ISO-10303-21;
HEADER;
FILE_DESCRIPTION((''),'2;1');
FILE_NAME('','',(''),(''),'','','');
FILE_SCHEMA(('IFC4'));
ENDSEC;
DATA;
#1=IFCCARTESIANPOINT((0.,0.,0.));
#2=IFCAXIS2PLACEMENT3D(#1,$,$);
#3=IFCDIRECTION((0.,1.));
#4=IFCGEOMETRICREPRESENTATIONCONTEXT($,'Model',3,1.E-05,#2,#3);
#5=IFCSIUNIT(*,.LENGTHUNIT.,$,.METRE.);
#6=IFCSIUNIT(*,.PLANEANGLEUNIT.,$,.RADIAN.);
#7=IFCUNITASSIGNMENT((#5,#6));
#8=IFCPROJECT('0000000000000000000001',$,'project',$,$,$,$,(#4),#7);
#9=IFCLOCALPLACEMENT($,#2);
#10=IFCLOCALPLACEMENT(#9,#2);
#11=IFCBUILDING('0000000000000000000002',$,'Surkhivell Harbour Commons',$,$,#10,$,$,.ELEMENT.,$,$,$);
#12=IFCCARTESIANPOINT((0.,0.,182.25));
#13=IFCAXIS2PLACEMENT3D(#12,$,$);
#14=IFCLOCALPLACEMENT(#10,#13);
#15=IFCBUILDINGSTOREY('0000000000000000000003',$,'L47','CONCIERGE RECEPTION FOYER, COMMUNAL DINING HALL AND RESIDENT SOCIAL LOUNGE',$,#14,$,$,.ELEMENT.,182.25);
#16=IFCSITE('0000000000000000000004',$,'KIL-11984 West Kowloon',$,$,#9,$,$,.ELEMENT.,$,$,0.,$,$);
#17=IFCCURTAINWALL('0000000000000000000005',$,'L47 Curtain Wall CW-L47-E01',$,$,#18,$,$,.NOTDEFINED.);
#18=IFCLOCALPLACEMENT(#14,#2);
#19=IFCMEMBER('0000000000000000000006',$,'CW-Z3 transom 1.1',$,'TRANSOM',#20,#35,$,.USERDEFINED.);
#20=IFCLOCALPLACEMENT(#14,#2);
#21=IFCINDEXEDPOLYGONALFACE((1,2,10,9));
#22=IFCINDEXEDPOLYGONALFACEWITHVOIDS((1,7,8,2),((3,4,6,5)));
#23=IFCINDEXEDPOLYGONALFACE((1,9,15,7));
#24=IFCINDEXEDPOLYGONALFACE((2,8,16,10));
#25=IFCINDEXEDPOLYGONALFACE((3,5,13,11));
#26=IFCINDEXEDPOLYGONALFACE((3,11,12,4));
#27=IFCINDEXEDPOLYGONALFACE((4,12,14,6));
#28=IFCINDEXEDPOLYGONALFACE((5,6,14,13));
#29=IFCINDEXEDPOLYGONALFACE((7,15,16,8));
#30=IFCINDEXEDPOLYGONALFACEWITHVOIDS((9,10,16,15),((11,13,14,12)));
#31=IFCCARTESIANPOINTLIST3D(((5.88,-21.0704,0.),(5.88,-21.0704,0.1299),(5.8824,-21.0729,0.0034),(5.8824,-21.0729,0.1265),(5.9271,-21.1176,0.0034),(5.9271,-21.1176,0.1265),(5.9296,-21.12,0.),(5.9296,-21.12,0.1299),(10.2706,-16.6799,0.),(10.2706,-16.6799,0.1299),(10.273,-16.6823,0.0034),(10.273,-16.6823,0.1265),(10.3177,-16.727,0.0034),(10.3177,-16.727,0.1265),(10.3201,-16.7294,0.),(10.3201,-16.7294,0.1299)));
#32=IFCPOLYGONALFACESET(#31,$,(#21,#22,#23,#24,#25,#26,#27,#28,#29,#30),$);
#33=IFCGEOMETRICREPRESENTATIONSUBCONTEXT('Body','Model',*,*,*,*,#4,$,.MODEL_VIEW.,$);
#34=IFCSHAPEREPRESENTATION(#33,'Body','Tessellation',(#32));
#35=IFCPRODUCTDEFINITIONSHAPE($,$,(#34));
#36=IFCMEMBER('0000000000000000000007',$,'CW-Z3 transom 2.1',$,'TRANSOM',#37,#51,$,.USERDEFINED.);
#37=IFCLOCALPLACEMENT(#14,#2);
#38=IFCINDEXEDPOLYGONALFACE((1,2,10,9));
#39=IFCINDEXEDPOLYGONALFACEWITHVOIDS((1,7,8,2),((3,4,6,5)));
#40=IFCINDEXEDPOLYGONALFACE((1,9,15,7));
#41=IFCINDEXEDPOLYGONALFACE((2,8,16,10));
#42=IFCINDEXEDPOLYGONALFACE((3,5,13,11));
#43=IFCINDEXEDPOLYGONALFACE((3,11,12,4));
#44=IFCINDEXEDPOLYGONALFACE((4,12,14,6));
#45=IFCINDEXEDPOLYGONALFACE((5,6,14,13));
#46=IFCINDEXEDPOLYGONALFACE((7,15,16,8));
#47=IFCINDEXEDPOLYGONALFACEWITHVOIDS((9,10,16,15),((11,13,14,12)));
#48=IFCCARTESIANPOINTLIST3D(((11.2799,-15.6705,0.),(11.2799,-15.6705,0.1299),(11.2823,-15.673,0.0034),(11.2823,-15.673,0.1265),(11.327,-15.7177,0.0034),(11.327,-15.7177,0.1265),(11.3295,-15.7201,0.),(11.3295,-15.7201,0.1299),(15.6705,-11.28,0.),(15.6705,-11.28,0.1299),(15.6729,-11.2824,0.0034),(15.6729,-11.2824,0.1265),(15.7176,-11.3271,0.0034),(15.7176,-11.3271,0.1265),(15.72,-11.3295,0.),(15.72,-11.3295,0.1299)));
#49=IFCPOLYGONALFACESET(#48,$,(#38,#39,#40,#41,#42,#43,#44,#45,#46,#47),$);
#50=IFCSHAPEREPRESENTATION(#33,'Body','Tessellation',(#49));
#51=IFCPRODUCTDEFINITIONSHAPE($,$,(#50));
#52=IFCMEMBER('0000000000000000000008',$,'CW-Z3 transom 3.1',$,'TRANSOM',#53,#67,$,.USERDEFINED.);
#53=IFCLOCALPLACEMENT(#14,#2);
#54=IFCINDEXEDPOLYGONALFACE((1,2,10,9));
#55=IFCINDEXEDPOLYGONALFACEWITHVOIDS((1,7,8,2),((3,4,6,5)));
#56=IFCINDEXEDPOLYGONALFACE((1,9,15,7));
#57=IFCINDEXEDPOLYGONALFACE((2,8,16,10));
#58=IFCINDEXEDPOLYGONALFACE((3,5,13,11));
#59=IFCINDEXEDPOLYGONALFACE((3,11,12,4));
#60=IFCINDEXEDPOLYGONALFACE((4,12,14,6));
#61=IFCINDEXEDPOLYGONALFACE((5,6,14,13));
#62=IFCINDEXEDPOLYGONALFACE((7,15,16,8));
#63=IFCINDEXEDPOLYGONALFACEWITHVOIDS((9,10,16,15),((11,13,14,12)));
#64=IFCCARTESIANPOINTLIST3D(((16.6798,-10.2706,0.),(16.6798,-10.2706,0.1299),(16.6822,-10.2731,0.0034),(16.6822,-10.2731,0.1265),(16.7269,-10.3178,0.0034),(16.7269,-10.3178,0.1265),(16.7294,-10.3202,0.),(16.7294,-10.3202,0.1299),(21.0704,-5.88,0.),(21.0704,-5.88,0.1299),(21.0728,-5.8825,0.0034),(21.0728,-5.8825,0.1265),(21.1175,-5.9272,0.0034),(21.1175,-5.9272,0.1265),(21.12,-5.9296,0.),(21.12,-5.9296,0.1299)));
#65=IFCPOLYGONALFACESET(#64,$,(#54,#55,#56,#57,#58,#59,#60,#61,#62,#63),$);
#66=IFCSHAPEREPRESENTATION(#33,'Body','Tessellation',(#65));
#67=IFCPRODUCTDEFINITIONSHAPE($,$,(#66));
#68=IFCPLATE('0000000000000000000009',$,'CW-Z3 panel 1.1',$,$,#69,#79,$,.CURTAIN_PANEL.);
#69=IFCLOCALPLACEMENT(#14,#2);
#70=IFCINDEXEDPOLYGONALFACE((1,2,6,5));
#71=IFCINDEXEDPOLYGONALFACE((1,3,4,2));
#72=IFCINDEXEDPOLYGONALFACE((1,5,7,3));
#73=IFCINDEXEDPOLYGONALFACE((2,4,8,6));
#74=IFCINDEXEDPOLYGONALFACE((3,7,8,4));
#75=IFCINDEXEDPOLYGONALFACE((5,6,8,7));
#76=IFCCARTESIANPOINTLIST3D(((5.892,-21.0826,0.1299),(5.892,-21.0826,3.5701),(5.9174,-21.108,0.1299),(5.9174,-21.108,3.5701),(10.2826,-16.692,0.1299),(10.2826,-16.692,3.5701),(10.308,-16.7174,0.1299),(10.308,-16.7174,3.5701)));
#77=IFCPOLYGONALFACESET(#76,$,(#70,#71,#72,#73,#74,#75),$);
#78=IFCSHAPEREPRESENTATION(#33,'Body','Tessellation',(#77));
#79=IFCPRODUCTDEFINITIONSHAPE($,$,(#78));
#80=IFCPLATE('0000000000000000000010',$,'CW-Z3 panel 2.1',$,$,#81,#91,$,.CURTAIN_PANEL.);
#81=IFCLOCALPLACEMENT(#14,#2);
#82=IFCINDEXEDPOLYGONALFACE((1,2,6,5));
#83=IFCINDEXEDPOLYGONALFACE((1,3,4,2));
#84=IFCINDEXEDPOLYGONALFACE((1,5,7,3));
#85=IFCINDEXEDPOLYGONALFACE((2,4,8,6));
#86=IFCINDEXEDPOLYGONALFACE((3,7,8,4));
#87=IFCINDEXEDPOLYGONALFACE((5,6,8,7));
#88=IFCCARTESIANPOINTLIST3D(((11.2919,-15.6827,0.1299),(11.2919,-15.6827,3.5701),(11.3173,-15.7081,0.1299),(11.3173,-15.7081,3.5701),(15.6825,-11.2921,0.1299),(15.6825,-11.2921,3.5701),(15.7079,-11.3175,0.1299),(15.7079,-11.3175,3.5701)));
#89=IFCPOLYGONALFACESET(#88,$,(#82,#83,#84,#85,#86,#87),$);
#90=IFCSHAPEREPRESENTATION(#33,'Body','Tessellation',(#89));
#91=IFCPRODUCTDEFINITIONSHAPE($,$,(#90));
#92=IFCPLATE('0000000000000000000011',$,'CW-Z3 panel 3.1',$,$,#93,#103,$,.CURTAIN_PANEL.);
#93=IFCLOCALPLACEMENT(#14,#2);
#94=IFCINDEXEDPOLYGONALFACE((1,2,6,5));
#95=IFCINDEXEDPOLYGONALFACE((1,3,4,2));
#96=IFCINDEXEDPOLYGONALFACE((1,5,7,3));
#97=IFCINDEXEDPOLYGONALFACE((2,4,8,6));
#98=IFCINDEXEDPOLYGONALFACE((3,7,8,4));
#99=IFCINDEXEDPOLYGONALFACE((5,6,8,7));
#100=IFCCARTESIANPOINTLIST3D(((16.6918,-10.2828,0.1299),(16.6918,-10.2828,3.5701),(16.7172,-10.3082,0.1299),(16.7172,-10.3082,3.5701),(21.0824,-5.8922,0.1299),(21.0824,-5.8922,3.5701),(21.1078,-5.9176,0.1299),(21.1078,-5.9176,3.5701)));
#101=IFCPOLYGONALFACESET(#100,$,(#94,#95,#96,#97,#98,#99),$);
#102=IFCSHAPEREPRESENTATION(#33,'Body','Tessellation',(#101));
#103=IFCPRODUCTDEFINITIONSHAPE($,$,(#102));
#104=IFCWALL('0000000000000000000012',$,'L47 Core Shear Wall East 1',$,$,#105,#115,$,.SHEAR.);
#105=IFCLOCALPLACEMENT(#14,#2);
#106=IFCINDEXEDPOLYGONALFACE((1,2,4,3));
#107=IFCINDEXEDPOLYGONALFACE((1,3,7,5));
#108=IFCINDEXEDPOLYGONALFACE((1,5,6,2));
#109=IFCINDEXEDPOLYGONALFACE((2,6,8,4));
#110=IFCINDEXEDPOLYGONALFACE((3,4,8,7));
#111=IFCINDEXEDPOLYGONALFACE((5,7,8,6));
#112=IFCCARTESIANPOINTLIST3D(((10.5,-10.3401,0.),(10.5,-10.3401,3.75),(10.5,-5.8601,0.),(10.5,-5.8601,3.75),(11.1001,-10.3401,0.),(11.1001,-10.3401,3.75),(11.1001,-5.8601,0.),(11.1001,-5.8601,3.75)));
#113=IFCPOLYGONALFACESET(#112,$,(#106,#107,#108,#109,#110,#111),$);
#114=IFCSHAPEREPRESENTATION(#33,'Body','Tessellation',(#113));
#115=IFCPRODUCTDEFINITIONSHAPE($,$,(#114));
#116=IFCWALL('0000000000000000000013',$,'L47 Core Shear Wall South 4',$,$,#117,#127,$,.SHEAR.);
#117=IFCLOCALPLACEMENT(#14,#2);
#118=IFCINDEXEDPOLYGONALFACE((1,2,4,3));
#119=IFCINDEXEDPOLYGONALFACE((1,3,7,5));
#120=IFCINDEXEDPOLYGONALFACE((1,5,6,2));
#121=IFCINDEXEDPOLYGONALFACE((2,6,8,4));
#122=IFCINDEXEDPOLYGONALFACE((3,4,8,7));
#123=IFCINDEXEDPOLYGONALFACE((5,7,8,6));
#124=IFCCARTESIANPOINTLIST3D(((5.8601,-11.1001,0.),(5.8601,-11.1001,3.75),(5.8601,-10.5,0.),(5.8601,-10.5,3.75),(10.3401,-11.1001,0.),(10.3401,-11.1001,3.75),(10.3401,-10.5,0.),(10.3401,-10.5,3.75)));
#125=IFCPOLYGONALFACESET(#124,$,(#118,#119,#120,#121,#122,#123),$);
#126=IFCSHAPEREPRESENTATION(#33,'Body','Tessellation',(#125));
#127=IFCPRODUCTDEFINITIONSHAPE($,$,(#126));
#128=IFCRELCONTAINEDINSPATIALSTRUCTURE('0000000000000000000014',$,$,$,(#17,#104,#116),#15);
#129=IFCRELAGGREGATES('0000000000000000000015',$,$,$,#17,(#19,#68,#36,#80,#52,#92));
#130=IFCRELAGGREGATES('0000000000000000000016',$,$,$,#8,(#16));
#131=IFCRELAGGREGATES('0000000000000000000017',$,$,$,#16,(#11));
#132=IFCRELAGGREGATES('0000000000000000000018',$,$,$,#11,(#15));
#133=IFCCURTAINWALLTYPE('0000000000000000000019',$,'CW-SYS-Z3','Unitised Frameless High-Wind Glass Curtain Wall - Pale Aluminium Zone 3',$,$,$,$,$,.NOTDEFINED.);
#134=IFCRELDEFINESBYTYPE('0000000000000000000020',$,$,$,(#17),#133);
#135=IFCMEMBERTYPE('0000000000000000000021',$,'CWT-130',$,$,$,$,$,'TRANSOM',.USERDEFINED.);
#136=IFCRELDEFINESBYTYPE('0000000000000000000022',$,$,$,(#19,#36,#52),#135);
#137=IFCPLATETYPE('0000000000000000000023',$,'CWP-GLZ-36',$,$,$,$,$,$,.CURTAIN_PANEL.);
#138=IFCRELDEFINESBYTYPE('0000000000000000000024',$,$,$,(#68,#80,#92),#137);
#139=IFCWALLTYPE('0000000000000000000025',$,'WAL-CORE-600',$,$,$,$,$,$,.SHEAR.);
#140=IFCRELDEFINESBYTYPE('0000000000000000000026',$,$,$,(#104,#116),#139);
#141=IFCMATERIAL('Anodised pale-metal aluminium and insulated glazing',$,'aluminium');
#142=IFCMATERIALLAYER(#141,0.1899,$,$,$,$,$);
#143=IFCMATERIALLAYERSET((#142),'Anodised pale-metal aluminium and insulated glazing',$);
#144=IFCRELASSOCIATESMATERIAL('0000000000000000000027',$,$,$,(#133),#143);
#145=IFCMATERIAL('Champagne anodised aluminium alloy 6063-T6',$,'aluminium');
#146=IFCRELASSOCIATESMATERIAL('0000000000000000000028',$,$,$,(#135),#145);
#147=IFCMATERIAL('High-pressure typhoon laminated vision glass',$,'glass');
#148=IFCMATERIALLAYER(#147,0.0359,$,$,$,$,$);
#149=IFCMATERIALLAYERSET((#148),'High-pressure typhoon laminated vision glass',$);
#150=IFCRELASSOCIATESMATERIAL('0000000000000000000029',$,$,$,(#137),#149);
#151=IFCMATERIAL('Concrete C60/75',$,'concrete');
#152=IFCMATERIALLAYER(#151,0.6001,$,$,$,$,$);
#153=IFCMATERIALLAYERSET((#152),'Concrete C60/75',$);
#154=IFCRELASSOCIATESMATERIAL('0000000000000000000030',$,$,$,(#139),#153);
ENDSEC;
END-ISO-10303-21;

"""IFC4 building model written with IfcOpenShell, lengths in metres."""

from ifc_helpers import new_model, si_unit, direction, frame, frame_2d, origin, origin_2d, place, context, subcontext, project, spatial, rectangle, hollow_rectangle, extrude, material, layer, layer_set, material_profile, profile_set, type_object, element, aggregate, save


model = new_model("IFC4")

# Units and contexts
model_context = context("Model", 3, precision=1e-05, world=origin(), true_north=direction((0.0, 1.0)))
body_context = subcontext(model_context, "Body", "Model", "MODEL_VIEW")
ifc_project = project(units=[si_unit("LENGTHUNIT", "METRE"), si_unit("PLANEANGLEUNIT", "RADIAN")], contexts=[model_context])

# Site, building, storey
site_placement = place(None, origin())
site = spatial("IfcSite", under=ifc_project, at=site_placement, Name="KIL-11984 West Kowloon", CompositionType="ELEMENT", RefElevation=0.0)
building_placement = place(site_placement, origin())
building = spatial("IfcBuilding", under=site, at=building_placement, Name="Surkhivell Harbour Commons", CompositionType="ELEMENT")
storey_placement = place(building_placement, frame((0.0, 0.0, 182.25)))
storey = spatial("IfcBuildingStorey", under=building, at=storey_placement, Name="L47", Description="CONCIERGE RECEPTION FOYER, COMMUNAL DINING HALL AND RESIDENT SOCIAL LOUNGE", CompositionType="ELEMENT", Elevation=182.25)

# Shared definitions
ifc_material_1 = material(Name="Concrete C60/75", Category="concrete")

# Curtain wall, members, plates
ifc_material_2 = material(Name="Anodised pale-metal aluminium and insulated glazing", Category="aluminium")
ifc_layer_1 = layer(ifc_material_2, 0.1899)
ifc_layer_set_1 = layer_set([ifc_layer_1], Name="Anodised pale-metal aluminium and insulated glazing")
curtain_wall_type = type_object("IfcCurtainWallType", Name="CW-SYS-Z3", Description="Unitised Frameless High-Wind Glass Curtain Wall - Pale Aluminium Zone 3", PredefinedType="NOTDEFINED", material=ifc_layer_set_1)
curtain_wall_placement = place(storey_placement, origin())
curtain_wall = element("IfcCurtainWall", 1, at=curtain_wall_placement, inside=storey, type_object=curtain_wall_type, Name="L47 Curtain Wall CW-L47-E01", PredefinedType="NOTDEFINED")
ifc_material_3 = material(Name="Champagne anodised aluminium alloy 6063-T6", Category="aluminium")
ifc_material_profile_1 = material_profile(ifc_material_3, hollow_rectangle(XDim=0.0701, YDim=0.1299, WallThickness=0.0034, at=origin_2d()), Name="ALU-TRAN-70x130")
ifc_profile_set_1 = profile_set([ifc_material_profile_1], Name="Champagne anodised aluminium alloy 6063-T6")
member_type_1 = type_object("IfcMemberType", Name="CWT-130", ElementType="TRANSOM", PredefinedType="USERDEFINED", material=ifc_profile_set_1)
member_1_placement = place(storey_placement, frame((5.9048, -21.0952, 0.0649), z_axis=(0.707107, 0.707107, 0.0), x_axis=(-0.707107, 0.707107, 0.0)))
member_1 = element("IfcMember", 2, at=member_1_placement, type_object=member_type_1, Name="CW-Z3 transom 1.1", ObjectType="TRANSOM", PredefinedType="USERDEFINED", context=body_context, shape_type="SweptSolid", body=[
    extrude(hollow_rectangle(XDim=0.0701, YDim=0.1299, WallThickness=0.0034, at=origin_2d()), origin(), (0.0, 0.0, 1.0), 6.2092),
])
member_2_placement = place(storey_placement, frame((11.3047, -15.6953, 0.0649), z_axis=(0.707107, 0.707107, 0.0), x_axis=(-0.707107, 0.707107, 0.0)))
member_2 = element("IfcMember", 3, at=member_2_placement, type_object=member_type_1, Name="CW-Z3 transom 2.1", ObjectType="TRANSOM", PredefinedType="USERDEFINED", context=body_context, shape_type="SweptSolid", body=[
    extrude(hollow_rectangle(XDim=0.0701, YDim=0.1299, WallThickness=0.0034, at=origin_2d()), origin(), (0.0, 0.0, 1.0), 6.2092),
])
member_3_placement = place(storey_placement, frame((16.7046, -10.2954, 0.0649), z_axis=(0.707107, 0.707107, 0.0), x_axis=(-0.707107, 0.707107, 0.0)))
member_3 = element("IfcMember", 4, at=member_3_placement, type_object=member_type_1, Name="CW-Z3 transom 3.1", ObjectType="TRANSOM", PredefinedType="USERDEFINED", context=body_context, shape_type="SweptSolid", body=[
    extrude(hollow_rectangle(XDim=0.0701, YDim=0.1299, WallThickness=0.0034, at=origin_2d()), origin(), (0.0, 0.0, 1.0), 6.2092),
])
ifc_material_4 = material(Name="High-pressure typhoon laminated vision glass", Category="glass")
ifc_layer_2 = layer(ifc_material_4, 0.0359)
ifc_layer_set_2 = layer_set([ifc_layer_2], Name="High-pressure typhoon laminated vision glass")
plate_type = type_object("IfcPlateType", Name="CWP-GLZ-36", PredefinedType="CURTAIN_PANEL", material=ifc_layer_set_2)
plate_1_placement = place(storey_placement, frame((5.9048, -21.0952, 0.1299), z_axis=(0.0, 0.0, 1.0), x_axis=(0.707107, 0.707107, 0.0)))
plate_1 = element("IfcPlate", 5, at=plate_1_placement, type_object=plate_type, Name="CW-Z3 panel 1.1", PredefinedType="CURTAIN_PANEL", context=body_context, shape_type="SweptSolid", body=[
    extrude(rectangle(XDim=6.2092, YDim=0.0359, at=frame_2d((3.1045, 0.0))), origin(), (0.0, 0.0, 1.0), 3.4402),
])
plate_2_placement = place(storey_placement, frame((11.3047, -15.6953, 0.1299), z_axis=(0.0, 0.0, 1.0), x_axis=(0.707107, 0.707107, 0.0)))
plate_2 = element("IfcPlate", 6, at=plate_2_placement, type_object=plate_type, Name="CW-Z3 panel 2.1", PredefinedType="CURTAIN_PANEL", context=body_context, shape_type="SweptSolid", body=[
    extrude(rectangle(XDim=6.2092, YDim=0.0359, at=frame_2d((3.1045, 0.0))), origin(), (0.0, 0.0, 1.0), 3.4402),
])
plate_3_placement = place(storey_placement, frame((16.7046, -10.2954, 0.1299), z_axis=(0.0, 0.0, 1.0), x_axis=(0.707107, 0.707107, 0.0)))
plate_3 = element("IfcPlate", 7, at=plate_3_placement, type_object=plate_type, Name="CW-Z3 panel 3.1", PredefinedType="CURTAIN_PANEL", context=body_context, shape_type="SweptSolid", body=[
    extrude(rectangle(XDim=6.2092, YDim=0.0359, at=frame_2d((3.1045, 0.0))), origin(), (0.0, 0.0, 1.0), 3.4402),
])
aggregate(curtain_wall, [member_1, plate_1, member_2, plate_2, member_3, plate_3])

# Walls
ifc_layer_3 = layer(ifc_material_1, 0.6001)
ifc_layer_set_3 = layer_set([ifc_layer_3], Name="Concrete C60/75")
wall_type_1 = type_object("IfcWallType", Name="WAL-CORE-600", PredefinedType="SHEAR", material=ifc_layer_set_3)
for number, where, z_axis, x_axis, name in (
    (8, (10.8, -10.3401, 0.0), (0.0, 0.0, 1.0), (0.0, 1.0, 0.0), "L47 Core Shear Wall East 1"),
    (9, (5.8601, -10.8, 0.0), (0.0, 0.0, 1.0), (1.0, 0.0, 0.0), "L47 Core Shear Wall South 4"),
):
    element("IfcWall", number, at=place(storey_placement, frame(where, z_axis=z_axis, x_axis=x_axis)), inside=storey, type_object=wall_type_1, Name=name, PredefinedType="SHEAR", context=body_context, shape_type="SweptSolid", body=[
        extrude(rectangle(XDim=4.48, YDim=0.6001, at=frame_2d((2.24, 0.0))), origin(), (0.0, 0.0, 1.0), 3.75),
    ])

save(model, "model.ifc")
